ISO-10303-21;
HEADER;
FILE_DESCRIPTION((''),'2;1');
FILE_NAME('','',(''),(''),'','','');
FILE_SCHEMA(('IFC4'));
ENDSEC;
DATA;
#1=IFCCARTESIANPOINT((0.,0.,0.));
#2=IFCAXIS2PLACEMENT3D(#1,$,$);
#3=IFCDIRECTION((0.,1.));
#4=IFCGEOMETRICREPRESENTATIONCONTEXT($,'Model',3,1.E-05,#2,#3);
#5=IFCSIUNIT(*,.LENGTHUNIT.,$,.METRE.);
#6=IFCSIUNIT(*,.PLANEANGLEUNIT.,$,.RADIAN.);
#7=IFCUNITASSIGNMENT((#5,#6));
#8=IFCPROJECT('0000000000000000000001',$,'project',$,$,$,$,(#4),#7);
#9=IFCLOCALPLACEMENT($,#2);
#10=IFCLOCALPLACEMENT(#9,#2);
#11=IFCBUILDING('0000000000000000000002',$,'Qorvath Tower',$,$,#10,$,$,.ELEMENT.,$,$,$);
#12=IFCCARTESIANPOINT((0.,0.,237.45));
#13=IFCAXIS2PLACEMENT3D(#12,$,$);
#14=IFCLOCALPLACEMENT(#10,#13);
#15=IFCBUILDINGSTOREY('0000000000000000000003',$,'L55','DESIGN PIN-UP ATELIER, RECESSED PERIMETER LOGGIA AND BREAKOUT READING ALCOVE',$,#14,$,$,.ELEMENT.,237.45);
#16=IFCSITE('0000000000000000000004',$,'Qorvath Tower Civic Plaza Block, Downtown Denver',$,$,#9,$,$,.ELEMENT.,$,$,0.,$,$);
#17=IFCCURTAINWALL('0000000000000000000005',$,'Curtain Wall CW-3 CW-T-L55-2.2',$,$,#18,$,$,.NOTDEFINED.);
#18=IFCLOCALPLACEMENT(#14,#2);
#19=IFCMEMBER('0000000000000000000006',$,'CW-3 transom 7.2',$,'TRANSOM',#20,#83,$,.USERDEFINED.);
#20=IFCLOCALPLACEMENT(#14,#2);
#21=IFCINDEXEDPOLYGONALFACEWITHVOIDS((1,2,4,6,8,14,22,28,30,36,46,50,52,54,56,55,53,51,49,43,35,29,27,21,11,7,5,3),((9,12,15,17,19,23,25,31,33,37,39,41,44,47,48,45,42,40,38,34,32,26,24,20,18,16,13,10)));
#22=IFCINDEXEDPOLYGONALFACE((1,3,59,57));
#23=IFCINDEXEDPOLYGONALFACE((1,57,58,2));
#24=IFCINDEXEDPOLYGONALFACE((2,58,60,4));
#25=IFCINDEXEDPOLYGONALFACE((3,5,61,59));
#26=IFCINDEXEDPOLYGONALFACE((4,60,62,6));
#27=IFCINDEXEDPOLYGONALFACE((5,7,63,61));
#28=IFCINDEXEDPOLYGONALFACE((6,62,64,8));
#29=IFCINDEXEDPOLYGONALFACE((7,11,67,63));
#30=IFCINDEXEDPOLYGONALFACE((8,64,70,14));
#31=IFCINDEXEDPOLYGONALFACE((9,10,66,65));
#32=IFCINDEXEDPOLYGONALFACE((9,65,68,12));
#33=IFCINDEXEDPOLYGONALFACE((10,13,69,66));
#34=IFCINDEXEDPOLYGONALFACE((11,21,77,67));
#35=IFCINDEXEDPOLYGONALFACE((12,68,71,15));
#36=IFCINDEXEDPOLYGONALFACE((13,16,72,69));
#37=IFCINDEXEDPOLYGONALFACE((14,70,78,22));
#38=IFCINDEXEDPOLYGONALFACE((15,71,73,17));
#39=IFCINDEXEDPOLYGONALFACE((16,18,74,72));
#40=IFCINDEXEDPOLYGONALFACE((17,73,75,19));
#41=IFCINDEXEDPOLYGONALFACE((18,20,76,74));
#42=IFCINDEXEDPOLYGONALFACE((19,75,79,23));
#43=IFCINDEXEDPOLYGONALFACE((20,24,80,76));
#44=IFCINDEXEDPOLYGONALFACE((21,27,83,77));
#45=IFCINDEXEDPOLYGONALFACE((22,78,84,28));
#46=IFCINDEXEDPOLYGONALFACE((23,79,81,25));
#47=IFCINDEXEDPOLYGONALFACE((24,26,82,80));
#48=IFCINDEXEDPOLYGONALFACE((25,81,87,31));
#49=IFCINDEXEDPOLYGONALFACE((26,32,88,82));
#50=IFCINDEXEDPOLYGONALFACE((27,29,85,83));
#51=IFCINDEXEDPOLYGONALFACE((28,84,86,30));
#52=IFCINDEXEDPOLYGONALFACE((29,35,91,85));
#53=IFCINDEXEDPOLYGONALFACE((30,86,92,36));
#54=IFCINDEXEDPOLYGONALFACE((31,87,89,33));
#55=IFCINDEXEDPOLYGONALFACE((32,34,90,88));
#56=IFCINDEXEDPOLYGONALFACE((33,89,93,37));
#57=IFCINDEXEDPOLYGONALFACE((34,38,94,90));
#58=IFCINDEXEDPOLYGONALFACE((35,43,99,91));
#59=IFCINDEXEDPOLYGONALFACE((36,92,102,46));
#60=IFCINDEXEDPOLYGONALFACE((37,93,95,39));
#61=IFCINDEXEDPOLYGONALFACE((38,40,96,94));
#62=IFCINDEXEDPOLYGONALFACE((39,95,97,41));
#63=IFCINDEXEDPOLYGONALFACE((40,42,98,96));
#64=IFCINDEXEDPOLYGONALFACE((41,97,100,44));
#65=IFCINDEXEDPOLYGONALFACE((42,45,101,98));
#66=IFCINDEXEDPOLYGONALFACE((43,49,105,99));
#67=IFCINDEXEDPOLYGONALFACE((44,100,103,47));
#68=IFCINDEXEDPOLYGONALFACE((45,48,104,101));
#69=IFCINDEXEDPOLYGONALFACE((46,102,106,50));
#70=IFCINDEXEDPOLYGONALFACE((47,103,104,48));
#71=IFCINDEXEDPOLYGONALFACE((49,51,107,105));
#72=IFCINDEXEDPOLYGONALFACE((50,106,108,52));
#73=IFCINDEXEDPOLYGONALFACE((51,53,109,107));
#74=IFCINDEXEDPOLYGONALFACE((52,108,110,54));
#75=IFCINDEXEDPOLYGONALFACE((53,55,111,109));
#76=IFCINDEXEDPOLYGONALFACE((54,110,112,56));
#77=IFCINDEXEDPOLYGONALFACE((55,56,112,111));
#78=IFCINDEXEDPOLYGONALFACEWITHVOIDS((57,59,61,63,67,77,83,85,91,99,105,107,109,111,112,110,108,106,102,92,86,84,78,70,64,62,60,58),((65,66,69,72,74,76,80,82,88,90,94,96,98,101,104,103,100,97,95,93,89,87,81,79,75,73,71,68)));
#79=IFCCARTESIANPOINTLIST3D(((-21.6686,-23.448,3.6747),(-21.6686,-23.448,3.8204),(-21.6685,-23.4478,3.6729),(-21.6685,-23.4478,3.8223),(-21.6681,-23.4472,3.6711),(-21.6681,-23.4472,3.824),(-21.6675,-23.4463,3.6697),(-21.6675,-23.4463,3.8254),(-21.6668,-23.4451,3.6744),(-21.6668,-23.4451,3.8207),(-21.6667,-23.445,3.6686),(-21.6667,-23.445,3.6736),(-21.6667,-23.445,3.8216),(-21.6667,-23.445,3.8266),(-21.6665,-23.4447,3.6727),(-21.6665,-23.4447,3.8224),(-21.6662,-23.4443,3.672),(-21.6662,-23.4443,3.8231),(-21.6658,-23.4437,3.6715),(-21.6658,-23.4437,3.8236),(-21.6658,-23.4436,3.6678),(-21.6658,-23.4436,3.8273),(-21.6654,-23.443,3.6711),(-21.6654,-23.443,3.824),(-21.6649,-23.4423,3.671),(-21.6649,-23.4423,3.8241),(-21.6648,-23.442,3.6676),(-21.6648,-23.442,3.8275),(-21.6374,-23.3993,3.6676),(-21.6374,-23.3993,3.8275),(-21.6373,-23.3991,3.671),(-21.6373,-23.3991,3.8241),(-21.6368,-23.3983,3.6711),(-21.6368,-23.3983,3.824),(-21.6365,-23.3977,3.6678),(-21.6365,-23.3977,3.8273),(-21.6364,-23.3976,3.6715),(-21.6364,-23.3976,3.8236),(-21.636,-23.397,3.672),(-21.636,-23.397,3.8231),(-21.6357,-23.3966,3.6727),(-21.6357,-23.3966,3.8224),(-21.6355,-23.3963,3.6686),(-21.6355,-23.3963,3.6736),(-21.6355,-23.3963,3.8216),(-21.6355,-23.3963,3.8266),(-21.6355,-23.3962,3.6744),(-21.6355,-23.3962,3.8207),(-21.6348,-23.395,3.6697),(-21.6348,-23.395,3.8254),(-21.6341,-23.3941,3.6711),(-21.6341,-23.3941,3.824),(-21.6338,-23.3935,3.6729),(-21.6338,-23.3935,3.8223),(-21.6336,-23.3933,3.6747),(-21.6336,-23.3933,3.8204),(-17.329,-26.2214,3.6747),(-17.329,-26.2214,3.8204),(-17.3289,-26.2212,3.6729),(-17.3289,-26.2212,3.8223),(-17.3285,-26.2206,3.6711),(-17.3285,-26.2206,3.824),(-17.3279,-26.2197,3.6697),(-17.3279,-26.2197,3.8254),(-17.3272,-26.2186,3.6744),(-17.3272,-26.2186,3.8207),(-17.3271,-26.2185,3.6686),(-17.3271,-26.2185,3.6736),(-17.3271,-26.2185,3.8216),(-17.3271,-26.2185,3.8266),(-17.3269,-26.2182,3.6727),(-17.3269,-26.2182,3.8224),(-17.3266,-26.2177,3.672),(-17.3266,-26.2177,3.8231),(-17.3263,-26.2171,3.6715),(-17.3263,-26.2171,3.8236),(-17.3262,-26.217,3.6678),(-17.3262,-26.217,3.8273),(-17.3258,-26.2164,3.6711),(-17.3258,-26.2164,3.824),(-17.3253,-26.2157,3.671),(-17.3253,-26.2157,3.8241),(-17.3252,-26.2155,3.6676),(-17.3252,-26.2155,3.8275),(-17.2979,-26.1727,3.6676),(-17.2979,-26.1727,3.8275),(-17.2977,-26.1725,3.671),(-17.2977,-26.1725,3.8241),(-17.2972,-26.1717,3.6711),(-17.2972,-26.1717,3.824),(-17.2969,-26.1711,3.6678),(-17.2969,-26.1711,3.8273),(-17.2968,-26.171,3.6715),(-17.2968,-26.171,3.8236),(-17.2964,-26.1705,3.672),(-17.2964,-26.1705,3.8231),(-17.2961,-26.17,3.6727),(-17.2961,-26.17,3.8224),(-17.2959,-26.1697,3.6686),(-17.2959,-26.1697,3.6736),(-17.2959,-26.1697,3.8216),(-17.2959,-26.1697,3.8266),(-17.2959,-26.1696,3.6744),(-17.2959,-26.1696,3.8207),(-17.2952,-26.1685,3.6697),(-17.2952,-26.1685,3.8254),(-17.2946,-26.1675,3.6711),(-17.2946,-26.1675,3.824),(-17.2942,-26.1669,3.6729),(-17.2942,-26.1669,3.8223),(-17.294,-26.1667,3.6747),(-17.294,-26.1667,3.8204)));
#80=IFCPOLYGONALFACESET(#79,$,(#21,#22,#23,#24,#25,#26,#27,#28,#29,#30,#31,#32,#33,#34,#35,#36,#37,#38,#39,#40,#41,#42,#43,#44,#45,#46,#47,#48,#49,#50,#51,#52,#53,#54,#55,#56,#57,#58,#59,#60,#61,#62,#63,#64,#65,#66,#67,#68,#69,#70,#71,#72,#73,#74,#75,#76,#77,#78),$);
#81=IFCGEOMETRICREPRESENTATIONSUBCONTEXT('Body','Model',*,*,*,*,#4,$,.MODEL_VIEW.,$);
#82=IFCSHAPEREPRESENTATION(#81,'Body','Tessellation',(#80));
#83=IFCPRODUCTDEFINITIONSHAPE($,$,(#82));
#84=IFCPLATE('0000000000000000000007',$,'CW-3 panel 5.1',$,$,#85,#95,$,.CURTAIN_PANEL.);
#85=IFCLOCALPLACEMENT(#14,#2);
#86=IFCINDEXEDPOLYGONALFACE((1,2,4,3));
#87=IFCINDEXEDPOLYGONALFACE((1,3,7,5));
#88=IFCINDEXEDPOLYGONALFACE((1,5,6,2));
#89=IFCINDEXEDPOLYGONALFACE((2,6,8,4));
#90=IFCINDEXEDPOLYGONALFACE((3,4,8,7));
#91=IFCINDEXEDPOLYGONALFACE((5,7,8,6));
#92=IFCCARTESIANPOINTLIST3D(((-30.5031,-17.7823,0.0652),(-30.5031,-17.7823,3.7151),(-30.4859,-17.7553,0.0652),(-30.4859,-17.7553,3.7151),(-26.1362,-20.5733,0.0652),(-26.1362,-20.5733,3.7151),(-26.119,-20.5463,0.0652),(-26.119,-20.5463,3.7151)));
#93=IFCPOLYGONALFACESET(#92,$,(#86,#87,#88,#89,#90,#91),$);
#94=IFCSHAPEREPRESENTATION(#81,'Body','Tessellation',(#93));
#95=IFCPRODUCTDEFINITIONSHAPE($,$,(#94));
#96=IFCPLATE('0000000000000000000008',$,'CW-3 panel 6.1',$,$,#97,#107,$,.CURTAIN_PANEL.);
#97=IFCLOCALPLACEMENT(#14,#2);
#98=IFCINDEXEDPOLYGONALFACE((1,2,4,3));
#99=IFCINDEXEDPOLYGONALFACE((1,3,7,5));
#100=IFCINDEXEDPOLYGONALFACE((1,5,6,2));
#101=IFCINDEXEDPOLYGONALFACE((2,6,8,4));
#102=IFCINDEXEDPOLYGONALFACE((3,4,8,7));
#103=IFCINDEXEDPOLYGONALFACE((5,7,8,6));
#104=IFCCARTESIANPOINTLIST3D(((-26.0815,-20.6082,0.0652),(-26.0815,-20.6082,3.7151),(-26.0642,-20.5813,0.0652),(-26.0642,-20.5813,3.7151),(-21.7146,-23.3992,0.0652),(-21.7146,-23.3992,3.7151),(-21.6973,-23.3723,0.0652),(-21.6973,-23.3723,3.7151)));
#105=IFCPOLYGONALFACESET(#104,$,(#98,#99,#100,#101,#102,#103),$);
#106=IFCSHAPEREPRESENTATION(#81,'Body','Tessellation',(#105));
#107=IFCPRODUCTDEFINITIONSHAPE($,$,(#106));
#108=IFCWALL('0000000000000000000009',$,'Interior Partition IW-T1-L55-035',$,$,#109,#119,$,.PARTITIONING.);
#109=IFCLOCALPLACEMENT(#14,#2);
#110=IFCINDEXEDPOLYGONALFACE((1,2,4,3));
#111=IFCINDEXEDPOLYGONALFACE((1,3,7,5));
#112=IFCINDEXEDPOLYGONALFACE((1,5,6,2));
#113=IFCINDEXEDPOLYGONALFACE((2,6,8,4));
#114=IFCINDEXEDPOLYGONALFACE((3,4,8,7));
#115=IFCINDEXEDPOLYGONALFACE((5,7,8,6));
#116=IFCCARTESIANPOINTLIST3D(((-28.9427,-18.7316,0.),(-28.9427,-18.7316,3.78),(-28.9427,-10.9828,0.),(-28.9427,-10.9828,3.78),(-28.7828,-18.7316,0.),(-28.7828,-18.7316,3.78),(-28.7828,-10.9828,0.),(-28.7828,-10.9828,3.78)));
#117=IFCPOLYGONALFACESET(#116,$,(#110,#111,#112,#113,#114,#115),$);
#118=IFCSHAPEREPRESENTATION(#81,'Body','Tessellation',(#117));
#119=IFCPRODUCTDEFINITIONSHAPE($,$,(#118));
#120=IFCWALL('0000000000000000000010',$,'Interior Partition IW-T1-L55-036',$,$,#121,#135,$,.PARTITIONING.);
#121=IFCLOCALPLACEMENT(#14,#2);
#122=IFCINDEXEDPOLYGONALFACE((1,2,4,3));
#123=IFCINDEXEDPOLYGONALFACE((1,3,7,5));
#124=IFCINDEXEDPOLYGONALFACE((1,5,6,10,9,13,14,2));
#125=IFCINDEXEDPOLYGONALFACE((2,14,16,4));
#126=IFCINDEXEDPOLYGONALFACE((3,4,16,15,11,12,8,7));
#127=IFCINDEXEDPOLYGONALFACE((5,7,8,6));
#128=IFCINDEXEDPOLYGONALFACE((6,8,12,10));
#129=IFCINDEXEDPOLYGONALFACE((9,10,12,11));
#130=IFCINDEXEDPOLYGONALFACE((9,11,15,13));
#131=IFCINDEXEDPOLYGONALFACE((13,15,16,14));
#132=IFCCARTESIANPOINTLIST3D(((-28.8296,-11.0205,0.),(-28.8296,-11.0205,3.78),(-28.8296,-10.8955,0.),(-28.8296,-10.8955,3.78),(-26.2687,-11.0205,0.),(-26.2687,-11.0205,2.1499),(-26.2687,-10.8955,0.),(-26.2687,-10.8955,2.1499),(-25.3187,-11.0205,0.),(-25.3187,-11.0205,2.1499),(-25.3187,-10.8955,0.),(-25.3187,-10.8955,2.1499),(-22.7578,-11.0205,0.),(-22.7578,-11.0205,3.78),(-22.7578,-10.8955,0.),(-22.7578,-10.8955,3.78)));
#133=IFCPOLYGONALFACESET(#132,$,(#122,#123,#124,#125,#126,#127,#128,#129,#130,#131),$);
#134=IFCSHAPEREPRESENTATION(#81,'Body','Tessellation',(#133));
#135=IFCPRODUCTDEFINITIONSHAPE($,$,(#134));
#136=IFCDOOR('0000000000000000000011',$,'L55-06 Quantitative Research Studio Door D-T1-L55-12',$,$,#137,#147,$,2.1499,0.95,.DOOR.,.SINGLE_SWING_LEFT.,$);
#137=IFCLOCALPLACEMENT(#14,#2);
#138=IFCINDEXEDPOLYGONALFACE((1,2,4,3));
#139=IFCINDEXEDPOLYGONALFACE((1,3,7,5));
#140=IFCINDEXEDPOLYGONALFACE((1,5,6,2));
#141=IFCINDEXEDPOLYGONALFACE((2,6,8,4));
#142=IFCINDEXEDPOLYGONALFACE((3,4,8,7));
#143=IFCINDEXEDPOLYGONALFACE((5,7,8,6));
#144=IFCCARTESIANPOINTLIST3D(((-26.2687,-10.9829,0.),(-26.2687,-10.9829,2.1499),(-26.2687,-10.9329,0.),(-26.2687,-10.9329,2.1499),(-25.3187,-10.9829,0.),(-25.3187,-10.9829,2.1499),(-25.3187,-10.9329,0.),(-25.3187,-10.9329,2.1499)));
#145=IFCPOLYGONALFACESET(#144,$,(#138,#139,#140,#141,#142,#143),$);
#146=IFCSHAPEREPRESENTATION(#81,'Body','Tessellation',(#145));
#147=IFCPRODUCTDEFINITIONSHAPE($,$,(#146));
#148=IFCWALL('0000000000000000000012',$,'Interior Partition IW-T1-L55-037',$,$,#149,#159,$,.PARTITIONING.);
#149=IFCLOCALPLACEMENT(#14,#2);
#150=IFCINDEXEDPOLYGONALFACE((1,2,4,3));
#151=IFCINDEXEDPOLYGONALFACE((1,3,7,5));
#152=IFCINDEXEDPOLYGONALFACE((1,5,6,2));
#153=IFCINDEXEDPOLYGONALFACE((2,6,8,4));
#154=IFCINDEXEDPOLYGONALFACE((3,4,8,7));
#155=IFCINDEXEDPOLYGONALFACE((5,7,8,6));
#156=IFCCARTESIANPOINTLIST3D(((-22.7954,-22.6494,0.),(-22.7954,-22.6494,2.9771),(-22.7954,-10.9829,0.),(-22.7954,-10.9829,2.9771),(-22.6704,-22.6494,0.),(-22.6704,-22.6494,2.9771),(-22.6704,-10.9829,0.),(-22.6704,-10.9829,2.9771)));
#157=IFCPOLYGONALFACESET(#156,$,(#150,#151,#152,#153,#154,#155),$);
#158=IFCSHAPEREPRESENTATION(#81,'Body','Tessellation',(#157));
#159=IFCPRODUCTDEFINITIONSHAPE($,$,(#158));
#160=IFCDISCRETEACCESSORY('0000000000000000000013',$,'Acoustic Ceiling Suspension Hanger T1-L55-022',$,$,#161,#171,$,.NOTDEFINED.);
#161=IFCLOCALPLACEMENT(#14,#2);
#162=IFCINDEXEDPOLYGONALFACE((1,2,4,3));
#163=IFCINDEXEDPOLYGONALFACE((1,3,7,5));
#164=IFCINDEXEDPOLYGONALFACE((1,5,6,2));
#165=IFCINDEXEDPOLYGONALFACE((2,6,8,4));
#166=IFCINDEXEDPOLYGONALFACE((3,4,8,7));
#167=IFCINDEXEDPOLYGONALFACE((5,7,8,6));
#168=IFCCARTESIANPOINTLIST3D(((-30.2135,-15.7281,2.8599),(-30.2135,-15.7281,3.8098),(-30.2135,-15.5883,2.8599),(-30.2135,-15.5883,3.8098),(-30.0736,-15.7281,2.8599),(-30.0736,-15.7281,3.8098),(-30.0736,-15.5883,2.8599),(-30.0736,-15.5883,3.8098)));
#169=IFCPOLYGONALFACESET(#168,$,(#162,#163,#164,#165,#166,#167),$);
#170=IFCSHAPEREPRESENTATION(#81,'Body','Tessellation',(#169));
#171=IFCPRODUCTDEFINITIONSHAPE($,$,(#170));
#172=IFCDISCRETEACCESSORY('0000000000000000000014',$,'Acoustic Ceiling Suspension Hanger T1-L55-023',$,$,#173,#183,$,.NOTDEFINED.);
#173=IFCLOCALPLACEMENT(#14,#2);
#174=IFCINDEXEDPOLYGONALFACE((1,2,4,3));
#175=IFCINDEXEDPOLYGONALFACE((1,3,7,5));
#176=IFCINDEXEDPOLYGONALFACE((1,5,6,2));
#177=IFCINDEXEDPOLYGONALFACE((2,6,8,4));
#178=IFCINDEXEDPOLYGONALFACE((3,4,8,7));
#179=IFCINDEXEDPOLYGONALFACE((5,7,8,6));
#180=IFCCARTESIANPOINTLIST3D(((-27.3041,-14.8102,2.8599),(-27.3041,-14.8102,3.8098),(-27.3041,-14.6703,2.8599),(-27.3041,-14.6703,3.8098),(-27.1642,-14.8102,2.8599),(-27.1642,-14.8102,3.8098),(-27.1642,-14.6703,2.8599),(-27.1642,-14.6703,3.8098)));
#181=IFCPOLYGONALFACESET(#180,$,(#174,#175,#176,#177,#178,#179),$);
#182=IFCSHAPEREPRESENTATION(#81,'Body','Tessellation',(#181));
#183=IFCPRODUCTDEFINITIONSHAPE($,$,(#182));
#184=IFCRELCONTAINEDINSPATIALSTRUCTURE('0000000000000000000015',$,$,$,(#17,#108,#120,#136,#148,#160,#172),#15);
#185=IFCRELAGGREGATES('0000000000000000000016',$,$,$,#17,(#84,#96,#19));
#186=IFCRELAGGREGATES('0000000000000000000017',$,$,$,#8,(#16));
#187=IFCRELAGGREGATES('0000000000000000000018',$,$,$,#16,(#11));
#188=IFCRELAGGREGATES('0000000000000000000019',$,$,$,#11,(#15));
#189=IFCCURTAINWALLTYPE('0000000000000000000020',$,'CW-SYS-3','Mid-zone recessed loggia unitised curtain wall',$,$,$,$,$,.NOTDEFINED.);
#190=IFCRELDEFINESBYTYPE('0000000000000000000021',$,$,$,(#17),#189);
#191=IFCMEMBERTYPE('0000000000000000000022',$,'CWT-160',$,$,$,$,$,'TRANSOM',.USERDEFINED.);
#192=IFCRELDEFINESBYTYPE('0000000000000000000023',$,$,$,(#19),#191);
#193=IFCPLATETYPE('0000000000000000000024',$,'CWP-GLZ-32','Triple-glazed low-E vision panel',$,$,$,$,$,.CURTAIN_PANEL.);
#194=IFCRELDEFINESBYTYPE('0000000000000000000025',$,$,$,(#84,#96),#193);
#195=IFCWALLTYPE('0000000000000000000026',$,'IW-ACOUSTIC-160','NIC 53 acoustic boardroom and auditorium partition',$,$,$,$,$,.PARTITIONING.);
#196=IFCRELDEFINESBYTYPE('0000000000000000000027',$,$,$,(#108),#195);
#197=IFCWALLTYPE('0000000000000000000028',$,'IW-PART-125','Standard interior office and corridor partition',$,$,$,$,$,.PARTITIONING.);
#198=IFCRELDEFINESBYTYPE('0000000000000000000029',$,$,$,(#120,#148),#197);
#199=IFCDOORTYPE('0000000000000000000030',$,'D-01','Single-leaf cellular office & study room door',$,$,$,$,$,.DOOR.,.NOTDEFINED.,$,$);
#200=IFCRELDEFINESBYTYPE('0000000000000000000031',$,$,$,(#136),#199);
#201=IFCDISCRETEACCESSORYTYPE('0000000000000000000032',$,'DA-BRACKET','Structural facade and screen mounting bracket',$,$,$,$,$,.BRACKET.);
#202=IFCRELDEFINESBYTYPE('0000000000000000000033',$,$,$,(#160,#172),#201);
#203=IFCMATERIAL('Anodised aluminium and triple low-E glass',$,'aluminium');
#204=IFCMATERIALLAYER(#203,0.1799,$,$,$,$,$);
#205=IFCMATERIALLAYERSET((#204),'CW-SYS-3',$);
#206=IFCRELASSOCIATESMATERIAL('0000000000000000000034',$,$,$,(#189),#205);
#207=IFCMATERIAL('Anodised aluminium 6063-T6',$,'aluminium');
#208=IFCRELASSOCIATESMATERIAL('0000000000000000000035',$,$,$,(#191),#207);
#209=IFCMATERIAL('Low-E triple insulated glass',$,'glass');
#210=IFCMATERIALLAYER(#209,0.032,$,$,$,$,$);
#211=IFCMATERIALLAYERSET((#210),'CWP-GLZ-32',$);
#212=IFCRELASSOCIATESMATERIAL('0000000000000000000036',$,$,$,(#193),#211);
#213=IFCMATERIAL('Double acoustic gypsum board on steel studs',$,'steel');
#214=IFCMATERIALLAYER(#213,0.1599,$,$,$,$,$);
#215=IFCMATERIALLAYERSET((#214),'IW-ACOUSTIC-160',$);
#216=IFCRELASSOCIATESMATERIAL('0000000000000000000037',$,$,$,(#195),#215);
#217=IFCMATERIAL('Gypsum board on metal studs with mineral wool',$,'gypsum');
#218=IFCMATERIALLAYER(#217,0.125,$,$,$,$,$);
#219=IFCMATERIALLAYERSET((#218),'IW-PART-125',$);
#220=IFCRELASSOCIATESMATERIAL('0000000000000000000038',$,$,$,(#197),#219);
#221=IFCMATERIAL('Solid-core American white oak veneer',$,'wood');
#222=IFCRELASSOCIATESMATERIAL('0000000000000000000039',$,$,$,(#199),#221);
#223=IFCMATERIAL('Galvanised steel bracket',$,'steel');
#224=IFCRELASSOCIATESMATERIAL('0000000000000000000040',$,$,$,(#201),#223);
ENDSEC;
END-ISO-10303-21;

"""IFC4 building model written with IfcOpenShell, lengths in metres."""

from ifc_helpers import new_model, si_unit, direction, frame, frame_2d, origin, origin_2d, place, context, subcontext, project, spatial, rectangle, hollow_rectangle, extrude, material, layer, layer_set, material_profile, profile_set, type_object, element, fill, aggregate, save


model = new_model("IFC4")

# Units and contexts
model_context = context("Model", 3, precision=1e-05, world=origin(), true_north=direction((0.0, 1.0)))
body_context = subcontext(model_context, "Body", "Model", "MODEL_VIEW")
ifc_project = project(units=[si_unit("LENGTHUNIT", "METRE"), si_unit("PLANEANGLEUNIT", "RADIAN")], contexts=[model_context])

# Site, building, storey
site_placement = place(None, origin())
site = spatial("IfcSite", under=ifc_project, at=site_placement, Name="Qorvath Tower Civic Plaza Block, Downtown Denver", CompositionType="ELEMENT", RefElevation=0.0)
building_placement = place(site_placement, origin())
building = spatial("IfcBuilding", under=site, at=building_placement, Name="Qorvath Tower", CompositionType="ELEMENT")
storey_placement = place(building_placement, frame((0.0, 0.0, 237.45)))
storey = spatial("IfcBuildingStorey", under=building, at=storey_placement, Name="L55", Description="DESIGN PIN-UP ATELIER, RECESSED PERIMETER LOGGIA AND BREAKOUT READING ALCOVE", CompositionType="ELEMENT", Elevation=237.45)

# Curtain wall, member, plates
ifc_material_1 = material(Name="Anodised aluminium and triple low-E glass", Category="aluminium")
ifc_layer_1 = layer(ifc_material_1, 0.1799)
ifc_layer_set_1 = layer_set([ifc_layer_1], Name="CW-SYS-3")
curtain_wall_type = type_object("IfcCurtainWallType", Name="CW-SYS-3", Description="Mid-zone recessed loggia unitised curtain wall", PredefinedType="NOTDEFINED", material=ifc_layer_set_1)
curtain_wall_placement = place(storey_placement, origin())
curtain_wall = element("IfcCurtainWall", 1, at=curtain_wall_placement, inside=storey, type_object=curtain_wall_type, Name="Curtain Wall CW-3 CW-T-L55-2.2", PredefinedType="NOTDEFINED")
ifc_material_2 = material(Name="Anodised aluminium 6063-T6", Category="aluminium")
ifc_material_profile_1 = material_profile(ifc_material_2, hollow_rectangle(XDim=0.0649, YDim=0.1599, WallThickness=0.0034, InnerFilletRadius=0.0034, OuterFilletRadius=0.0071, at=origin_2d()), Name="CWT 160x65")
ifc_profile_set_1 = profile_set([ifc_material_profile_1], Name="Anodised aluminium 6063-T6")
member_type_1 = type_object("IfcMemberType", Name="CWT-160", ElementType="TRANSOM", PredefinedType="USERDEFINED", material=ifc_profile_set_1)
member_1_placement = place(storey_placement, frame((-21.6511, -23.4207, 3.7476), z_axis=(0.842616, -0.538516, 0.0), x_axis=(0.538516, 0.842616, 0.0)))
member_1 = element("IfcMember", 2, at=member_1_placement, type_object=member_type_1, Name="CW-3 transom 7.2", ObjectType="TRANSOM", PredefinedType="USERDEFINED", context=body_context, shape_type="SweptSolid", body=[
    extrude(hollow_rectangle(XDim=0.0649, YDim=0.1599, WallThickness=0.0034, InnerFilletRadius=0.0034, OuterFilletRadius=0.0071, at=origin_2d()), origin(), (0.0, 0.0, 1.0), 5.1501),
])
ifc_material_3 = material(Name="Low-E triple insulated glass", Category="glass")
ifc_layer_2 = layer(ifc_material_3, 0.032)
ifc_layer_set_2 = layer_set([ifc_layer_2], Name="CWP-GLZ-32")
plate_type = type_object("IfcPlateType", Name="CWP-GLZ-32", Description="Triple-glazed low-E vision panel", PredefinedType="CURTAIN_PANEL", material=ifc_layer_set_2)
plate_1_placement = place(storey_placement, frame((-28.311, -19.1643, 0.0652), z_axis=(0.0, 0.0, 1.0), x_axis=(0.842607, -0.538529, 0.0)))
plate_1 = element("IfcPlate", 3, at=plate_1_placement, type_object=plate_type, Name="CW-3 panel 5.1", PredefinedType="CURTAIN_PANEL", context=body_context, shape_type="SweptSolid", body=[
    extrude(rectangle(XDim=5.1826, YDim=0.032, at=origin_2d()), origin(), (0.0, 0.0, 1.0), 3.6499),
])
plate_2_placement = place(storey_placement, frame((-23.8894, -21.9902, 0.0652), z_axis=(0.0, 0.0, 1.0), x_axis=(0.842607, -0.538529, 0.0)))
plate_2 = element("IfcPlate", 4, at=plate_2_placement, type_object=plate_type, Name="CW-3 panel 6.1", PredefinedType="CURTAIN_PANEL", context=body_context, shape_type="SweptSolid", body=[
    extrude(rectangle(XDim=5.1826, YDim=0.032, at=origin_2d()), origin(), (0.0, 0.0, 1.0), 3.6499),
])
aggregate(curtain_wall, [plate_1, plate_2, member_1])

# Shared definitions
ifc_material_4 = material(Name="Double acoustic gypsum board on steel studs", Category="steel")
ifc_layer_3 = layer(ifc_material_4, 0.1599)
ifc_layer_set_3 = layer_set([ifc_layer_3], Name="IW-ACOUSTIC-160")
wall_type_1 = type_object("IfcWallType", Name="IW-ACOUSTIC-160", Description="NIC 53 acoustic boardroom and auditorium partition", PredefinedType="PARTITIONING", material=ifc_layer_set_3)

# Wall
wall_1_placement = place(storey_placement, frame((-28.8628, -18.7317, 0.0), z_axis=(0.0, 0.0, 1.0), x_axis=(0.0, 1.0, 0.0)))
element("IfcWall", 5, at=wall_1_placement, inside=storey, type_object=wall_type_1, Name="Interior Partition IW-T1-L55-035", PredefinedType="PARTITIONING", context=body_context, shape_type="SweptSolid", body=[
    extrude(rectangle(XDim=7.7488, YDim=0.1599, at=frame_2d((3.8745, 0.0))), origin(), (0.0, 0.0, 1.0), 3.78),
])

# Wall, opening, door
ifc_material_5 = material(Name="Gypsum board on metal studs with mineral wool", Category="gypsum")
ifc_layer_4 = layer(ifc_material_5, 0.125)
ifc_layer_set_4 = layer_set([ifc_layer_4], Name="IW-PART-125")
wall_type_2 = type_object("IfcWallType", Name="IW-PART-125", Description="Standard interior office and corridor partition", PredefinedType="PARTITIONING", material=ifc_layer_set_4)
wall_2_placement = place(storey_placement, frame((-22.7578, -10.958, 0.0), z_axis=(0.0, 0.0, 1.0), x_axis=(-1.0, 0.0, 0.0)))
wall_2 = element("IfcWall", 6, at=wall_2_placement, inside=storey, type_object=wall_type_2, Name="Interior Partition IW-T1-L55-036", PredefinedType="PARTITIONING", context=body_context, shape_type="SweptSolid", body=[
    extrude(rectangle(XDim=6.0718, YDim=0.125, at=frame_2d((3.0359, 0.0))), origin(), (0.0, 0.0, 1.0), 3.78),
])
opening_1_placement = place(wall_2_placement, frame((2.5608, 0.0, 0.0)))
opening_1 = element("IfcOpeningElement", 7, at=opening_1_placement, cuts=wall_2, PredefinedType="OPENING", context=body_context, shape_type="SweptSolid", body=[
    extrude(rectangle(XDim=0.95, YDim=2.1499, at=frame_2d((0.4751, 1.075))), frame((0.0, 0.0725, 0.0), z_axis=(0.0, -1.0, 0.0), x_axis=(1.0, 0.0, 0.0)), (0.0, 0.0, 1.0), 0.145),
])
ifc_material_6 = material(Name="Solid-core American white oak veneer", Category="wood")
door_type_1 = type_object("IfcDoorType", Name="D-01", Description="Single-leaf cellular office & study room door", OperationType="NOTDEFINED", PredefinedType="DOOR", material=ifc_material_6)
door_1_placement = place(opening_1_placement, origin())
door_1 = element("IfcDoor", 8, at=door_1_placement, inside=storey, type_object=door_type_1, Name="L55-06 Quantitative Research Studio Door D-T1-L55-12", OperationType="SINGLE_SWING_LEFT", OverallHeight=2.1499, OverallWidth=0.95, PredefinedType="DOOR", context=body_context, shape_type="SweptSolid", body=[
    extrude(rectangle(XDim=0.95, YDim=2.1499, at=frame_2d((0.4751, 1.075))), frame((0.0, 0.0249, 0.0), z_axis=(0.0, -1.0, 0.0), x_axis=(1.0, 0.0, 0.0)), (0.0, 0.0, 1.0), 0.05),
])
fill(opening_1, door_1)

# Wall
wall_3_placement = place(storey_placement, frame((-22.7329, -22.6494, 0.0), z_axis=(0.0, 0.0, 1.0), x_axis=(0.0, 1.0, 0.0)))
element("IfcWall", 9, at=wall_3_placement, inside=storey, type_object=wall_type_2, Name="Interior Partition IW-T1-L55-037", PredefinedType="PARTITIONING", context=body_context, shape_type="SweptSolid", body=[
    extrude(rectangle(XDim=11.6665, YDim=0.125, at=frame_2d((5.8333, 0.0))), origin(), (0.0, 0.0, 1.0), 2.9771),
])

# Discrete accessories
ifc_material_7 = material(Name="Galvanised steel bracket", Category="steel")
discrete_accessory_type = type_object("IfcDiscreteAccessoryType", Name="DA-BRACKET", Description="Structural facade and screen mounting bracket", PredefinedType="BRACKET", material=ifc_material_7)
for number, where, z_axis, x_axis, name in (
    (10, (-30.1436, -15.6582, 2.8599), (0.0, 0.0, 1.0), (1.0, 0.0, 0.0), "Acoustic Ceiling Suspension Hanger T1-L55-022"),
    (11, (-27.2341, -14.7402, 2.8599), (0.0, 0.0, 1.0), (1.0, 0.0, 0.0), "Acoustic Ceiling Suspension Hanger T1-L55-023"),
):
    element("IfcDiscreteAccessory", number, at=place(storey_placement, frame(where, z_axis=z_axis, x_axis=x_axis)), inside=storey, type_object=discrete_accessory_type, Name=name, PredefinedType="NOTDEFINED", context=body_context, shape_type="SweptSolid", body=[
        extrude(rectangle(XDim=0.1399, YDim=0.1399, at=origin_2d()), origin(), (0.0, 0.0, 1.0), 0.95),
    ])

save(model, "model.ifc")
